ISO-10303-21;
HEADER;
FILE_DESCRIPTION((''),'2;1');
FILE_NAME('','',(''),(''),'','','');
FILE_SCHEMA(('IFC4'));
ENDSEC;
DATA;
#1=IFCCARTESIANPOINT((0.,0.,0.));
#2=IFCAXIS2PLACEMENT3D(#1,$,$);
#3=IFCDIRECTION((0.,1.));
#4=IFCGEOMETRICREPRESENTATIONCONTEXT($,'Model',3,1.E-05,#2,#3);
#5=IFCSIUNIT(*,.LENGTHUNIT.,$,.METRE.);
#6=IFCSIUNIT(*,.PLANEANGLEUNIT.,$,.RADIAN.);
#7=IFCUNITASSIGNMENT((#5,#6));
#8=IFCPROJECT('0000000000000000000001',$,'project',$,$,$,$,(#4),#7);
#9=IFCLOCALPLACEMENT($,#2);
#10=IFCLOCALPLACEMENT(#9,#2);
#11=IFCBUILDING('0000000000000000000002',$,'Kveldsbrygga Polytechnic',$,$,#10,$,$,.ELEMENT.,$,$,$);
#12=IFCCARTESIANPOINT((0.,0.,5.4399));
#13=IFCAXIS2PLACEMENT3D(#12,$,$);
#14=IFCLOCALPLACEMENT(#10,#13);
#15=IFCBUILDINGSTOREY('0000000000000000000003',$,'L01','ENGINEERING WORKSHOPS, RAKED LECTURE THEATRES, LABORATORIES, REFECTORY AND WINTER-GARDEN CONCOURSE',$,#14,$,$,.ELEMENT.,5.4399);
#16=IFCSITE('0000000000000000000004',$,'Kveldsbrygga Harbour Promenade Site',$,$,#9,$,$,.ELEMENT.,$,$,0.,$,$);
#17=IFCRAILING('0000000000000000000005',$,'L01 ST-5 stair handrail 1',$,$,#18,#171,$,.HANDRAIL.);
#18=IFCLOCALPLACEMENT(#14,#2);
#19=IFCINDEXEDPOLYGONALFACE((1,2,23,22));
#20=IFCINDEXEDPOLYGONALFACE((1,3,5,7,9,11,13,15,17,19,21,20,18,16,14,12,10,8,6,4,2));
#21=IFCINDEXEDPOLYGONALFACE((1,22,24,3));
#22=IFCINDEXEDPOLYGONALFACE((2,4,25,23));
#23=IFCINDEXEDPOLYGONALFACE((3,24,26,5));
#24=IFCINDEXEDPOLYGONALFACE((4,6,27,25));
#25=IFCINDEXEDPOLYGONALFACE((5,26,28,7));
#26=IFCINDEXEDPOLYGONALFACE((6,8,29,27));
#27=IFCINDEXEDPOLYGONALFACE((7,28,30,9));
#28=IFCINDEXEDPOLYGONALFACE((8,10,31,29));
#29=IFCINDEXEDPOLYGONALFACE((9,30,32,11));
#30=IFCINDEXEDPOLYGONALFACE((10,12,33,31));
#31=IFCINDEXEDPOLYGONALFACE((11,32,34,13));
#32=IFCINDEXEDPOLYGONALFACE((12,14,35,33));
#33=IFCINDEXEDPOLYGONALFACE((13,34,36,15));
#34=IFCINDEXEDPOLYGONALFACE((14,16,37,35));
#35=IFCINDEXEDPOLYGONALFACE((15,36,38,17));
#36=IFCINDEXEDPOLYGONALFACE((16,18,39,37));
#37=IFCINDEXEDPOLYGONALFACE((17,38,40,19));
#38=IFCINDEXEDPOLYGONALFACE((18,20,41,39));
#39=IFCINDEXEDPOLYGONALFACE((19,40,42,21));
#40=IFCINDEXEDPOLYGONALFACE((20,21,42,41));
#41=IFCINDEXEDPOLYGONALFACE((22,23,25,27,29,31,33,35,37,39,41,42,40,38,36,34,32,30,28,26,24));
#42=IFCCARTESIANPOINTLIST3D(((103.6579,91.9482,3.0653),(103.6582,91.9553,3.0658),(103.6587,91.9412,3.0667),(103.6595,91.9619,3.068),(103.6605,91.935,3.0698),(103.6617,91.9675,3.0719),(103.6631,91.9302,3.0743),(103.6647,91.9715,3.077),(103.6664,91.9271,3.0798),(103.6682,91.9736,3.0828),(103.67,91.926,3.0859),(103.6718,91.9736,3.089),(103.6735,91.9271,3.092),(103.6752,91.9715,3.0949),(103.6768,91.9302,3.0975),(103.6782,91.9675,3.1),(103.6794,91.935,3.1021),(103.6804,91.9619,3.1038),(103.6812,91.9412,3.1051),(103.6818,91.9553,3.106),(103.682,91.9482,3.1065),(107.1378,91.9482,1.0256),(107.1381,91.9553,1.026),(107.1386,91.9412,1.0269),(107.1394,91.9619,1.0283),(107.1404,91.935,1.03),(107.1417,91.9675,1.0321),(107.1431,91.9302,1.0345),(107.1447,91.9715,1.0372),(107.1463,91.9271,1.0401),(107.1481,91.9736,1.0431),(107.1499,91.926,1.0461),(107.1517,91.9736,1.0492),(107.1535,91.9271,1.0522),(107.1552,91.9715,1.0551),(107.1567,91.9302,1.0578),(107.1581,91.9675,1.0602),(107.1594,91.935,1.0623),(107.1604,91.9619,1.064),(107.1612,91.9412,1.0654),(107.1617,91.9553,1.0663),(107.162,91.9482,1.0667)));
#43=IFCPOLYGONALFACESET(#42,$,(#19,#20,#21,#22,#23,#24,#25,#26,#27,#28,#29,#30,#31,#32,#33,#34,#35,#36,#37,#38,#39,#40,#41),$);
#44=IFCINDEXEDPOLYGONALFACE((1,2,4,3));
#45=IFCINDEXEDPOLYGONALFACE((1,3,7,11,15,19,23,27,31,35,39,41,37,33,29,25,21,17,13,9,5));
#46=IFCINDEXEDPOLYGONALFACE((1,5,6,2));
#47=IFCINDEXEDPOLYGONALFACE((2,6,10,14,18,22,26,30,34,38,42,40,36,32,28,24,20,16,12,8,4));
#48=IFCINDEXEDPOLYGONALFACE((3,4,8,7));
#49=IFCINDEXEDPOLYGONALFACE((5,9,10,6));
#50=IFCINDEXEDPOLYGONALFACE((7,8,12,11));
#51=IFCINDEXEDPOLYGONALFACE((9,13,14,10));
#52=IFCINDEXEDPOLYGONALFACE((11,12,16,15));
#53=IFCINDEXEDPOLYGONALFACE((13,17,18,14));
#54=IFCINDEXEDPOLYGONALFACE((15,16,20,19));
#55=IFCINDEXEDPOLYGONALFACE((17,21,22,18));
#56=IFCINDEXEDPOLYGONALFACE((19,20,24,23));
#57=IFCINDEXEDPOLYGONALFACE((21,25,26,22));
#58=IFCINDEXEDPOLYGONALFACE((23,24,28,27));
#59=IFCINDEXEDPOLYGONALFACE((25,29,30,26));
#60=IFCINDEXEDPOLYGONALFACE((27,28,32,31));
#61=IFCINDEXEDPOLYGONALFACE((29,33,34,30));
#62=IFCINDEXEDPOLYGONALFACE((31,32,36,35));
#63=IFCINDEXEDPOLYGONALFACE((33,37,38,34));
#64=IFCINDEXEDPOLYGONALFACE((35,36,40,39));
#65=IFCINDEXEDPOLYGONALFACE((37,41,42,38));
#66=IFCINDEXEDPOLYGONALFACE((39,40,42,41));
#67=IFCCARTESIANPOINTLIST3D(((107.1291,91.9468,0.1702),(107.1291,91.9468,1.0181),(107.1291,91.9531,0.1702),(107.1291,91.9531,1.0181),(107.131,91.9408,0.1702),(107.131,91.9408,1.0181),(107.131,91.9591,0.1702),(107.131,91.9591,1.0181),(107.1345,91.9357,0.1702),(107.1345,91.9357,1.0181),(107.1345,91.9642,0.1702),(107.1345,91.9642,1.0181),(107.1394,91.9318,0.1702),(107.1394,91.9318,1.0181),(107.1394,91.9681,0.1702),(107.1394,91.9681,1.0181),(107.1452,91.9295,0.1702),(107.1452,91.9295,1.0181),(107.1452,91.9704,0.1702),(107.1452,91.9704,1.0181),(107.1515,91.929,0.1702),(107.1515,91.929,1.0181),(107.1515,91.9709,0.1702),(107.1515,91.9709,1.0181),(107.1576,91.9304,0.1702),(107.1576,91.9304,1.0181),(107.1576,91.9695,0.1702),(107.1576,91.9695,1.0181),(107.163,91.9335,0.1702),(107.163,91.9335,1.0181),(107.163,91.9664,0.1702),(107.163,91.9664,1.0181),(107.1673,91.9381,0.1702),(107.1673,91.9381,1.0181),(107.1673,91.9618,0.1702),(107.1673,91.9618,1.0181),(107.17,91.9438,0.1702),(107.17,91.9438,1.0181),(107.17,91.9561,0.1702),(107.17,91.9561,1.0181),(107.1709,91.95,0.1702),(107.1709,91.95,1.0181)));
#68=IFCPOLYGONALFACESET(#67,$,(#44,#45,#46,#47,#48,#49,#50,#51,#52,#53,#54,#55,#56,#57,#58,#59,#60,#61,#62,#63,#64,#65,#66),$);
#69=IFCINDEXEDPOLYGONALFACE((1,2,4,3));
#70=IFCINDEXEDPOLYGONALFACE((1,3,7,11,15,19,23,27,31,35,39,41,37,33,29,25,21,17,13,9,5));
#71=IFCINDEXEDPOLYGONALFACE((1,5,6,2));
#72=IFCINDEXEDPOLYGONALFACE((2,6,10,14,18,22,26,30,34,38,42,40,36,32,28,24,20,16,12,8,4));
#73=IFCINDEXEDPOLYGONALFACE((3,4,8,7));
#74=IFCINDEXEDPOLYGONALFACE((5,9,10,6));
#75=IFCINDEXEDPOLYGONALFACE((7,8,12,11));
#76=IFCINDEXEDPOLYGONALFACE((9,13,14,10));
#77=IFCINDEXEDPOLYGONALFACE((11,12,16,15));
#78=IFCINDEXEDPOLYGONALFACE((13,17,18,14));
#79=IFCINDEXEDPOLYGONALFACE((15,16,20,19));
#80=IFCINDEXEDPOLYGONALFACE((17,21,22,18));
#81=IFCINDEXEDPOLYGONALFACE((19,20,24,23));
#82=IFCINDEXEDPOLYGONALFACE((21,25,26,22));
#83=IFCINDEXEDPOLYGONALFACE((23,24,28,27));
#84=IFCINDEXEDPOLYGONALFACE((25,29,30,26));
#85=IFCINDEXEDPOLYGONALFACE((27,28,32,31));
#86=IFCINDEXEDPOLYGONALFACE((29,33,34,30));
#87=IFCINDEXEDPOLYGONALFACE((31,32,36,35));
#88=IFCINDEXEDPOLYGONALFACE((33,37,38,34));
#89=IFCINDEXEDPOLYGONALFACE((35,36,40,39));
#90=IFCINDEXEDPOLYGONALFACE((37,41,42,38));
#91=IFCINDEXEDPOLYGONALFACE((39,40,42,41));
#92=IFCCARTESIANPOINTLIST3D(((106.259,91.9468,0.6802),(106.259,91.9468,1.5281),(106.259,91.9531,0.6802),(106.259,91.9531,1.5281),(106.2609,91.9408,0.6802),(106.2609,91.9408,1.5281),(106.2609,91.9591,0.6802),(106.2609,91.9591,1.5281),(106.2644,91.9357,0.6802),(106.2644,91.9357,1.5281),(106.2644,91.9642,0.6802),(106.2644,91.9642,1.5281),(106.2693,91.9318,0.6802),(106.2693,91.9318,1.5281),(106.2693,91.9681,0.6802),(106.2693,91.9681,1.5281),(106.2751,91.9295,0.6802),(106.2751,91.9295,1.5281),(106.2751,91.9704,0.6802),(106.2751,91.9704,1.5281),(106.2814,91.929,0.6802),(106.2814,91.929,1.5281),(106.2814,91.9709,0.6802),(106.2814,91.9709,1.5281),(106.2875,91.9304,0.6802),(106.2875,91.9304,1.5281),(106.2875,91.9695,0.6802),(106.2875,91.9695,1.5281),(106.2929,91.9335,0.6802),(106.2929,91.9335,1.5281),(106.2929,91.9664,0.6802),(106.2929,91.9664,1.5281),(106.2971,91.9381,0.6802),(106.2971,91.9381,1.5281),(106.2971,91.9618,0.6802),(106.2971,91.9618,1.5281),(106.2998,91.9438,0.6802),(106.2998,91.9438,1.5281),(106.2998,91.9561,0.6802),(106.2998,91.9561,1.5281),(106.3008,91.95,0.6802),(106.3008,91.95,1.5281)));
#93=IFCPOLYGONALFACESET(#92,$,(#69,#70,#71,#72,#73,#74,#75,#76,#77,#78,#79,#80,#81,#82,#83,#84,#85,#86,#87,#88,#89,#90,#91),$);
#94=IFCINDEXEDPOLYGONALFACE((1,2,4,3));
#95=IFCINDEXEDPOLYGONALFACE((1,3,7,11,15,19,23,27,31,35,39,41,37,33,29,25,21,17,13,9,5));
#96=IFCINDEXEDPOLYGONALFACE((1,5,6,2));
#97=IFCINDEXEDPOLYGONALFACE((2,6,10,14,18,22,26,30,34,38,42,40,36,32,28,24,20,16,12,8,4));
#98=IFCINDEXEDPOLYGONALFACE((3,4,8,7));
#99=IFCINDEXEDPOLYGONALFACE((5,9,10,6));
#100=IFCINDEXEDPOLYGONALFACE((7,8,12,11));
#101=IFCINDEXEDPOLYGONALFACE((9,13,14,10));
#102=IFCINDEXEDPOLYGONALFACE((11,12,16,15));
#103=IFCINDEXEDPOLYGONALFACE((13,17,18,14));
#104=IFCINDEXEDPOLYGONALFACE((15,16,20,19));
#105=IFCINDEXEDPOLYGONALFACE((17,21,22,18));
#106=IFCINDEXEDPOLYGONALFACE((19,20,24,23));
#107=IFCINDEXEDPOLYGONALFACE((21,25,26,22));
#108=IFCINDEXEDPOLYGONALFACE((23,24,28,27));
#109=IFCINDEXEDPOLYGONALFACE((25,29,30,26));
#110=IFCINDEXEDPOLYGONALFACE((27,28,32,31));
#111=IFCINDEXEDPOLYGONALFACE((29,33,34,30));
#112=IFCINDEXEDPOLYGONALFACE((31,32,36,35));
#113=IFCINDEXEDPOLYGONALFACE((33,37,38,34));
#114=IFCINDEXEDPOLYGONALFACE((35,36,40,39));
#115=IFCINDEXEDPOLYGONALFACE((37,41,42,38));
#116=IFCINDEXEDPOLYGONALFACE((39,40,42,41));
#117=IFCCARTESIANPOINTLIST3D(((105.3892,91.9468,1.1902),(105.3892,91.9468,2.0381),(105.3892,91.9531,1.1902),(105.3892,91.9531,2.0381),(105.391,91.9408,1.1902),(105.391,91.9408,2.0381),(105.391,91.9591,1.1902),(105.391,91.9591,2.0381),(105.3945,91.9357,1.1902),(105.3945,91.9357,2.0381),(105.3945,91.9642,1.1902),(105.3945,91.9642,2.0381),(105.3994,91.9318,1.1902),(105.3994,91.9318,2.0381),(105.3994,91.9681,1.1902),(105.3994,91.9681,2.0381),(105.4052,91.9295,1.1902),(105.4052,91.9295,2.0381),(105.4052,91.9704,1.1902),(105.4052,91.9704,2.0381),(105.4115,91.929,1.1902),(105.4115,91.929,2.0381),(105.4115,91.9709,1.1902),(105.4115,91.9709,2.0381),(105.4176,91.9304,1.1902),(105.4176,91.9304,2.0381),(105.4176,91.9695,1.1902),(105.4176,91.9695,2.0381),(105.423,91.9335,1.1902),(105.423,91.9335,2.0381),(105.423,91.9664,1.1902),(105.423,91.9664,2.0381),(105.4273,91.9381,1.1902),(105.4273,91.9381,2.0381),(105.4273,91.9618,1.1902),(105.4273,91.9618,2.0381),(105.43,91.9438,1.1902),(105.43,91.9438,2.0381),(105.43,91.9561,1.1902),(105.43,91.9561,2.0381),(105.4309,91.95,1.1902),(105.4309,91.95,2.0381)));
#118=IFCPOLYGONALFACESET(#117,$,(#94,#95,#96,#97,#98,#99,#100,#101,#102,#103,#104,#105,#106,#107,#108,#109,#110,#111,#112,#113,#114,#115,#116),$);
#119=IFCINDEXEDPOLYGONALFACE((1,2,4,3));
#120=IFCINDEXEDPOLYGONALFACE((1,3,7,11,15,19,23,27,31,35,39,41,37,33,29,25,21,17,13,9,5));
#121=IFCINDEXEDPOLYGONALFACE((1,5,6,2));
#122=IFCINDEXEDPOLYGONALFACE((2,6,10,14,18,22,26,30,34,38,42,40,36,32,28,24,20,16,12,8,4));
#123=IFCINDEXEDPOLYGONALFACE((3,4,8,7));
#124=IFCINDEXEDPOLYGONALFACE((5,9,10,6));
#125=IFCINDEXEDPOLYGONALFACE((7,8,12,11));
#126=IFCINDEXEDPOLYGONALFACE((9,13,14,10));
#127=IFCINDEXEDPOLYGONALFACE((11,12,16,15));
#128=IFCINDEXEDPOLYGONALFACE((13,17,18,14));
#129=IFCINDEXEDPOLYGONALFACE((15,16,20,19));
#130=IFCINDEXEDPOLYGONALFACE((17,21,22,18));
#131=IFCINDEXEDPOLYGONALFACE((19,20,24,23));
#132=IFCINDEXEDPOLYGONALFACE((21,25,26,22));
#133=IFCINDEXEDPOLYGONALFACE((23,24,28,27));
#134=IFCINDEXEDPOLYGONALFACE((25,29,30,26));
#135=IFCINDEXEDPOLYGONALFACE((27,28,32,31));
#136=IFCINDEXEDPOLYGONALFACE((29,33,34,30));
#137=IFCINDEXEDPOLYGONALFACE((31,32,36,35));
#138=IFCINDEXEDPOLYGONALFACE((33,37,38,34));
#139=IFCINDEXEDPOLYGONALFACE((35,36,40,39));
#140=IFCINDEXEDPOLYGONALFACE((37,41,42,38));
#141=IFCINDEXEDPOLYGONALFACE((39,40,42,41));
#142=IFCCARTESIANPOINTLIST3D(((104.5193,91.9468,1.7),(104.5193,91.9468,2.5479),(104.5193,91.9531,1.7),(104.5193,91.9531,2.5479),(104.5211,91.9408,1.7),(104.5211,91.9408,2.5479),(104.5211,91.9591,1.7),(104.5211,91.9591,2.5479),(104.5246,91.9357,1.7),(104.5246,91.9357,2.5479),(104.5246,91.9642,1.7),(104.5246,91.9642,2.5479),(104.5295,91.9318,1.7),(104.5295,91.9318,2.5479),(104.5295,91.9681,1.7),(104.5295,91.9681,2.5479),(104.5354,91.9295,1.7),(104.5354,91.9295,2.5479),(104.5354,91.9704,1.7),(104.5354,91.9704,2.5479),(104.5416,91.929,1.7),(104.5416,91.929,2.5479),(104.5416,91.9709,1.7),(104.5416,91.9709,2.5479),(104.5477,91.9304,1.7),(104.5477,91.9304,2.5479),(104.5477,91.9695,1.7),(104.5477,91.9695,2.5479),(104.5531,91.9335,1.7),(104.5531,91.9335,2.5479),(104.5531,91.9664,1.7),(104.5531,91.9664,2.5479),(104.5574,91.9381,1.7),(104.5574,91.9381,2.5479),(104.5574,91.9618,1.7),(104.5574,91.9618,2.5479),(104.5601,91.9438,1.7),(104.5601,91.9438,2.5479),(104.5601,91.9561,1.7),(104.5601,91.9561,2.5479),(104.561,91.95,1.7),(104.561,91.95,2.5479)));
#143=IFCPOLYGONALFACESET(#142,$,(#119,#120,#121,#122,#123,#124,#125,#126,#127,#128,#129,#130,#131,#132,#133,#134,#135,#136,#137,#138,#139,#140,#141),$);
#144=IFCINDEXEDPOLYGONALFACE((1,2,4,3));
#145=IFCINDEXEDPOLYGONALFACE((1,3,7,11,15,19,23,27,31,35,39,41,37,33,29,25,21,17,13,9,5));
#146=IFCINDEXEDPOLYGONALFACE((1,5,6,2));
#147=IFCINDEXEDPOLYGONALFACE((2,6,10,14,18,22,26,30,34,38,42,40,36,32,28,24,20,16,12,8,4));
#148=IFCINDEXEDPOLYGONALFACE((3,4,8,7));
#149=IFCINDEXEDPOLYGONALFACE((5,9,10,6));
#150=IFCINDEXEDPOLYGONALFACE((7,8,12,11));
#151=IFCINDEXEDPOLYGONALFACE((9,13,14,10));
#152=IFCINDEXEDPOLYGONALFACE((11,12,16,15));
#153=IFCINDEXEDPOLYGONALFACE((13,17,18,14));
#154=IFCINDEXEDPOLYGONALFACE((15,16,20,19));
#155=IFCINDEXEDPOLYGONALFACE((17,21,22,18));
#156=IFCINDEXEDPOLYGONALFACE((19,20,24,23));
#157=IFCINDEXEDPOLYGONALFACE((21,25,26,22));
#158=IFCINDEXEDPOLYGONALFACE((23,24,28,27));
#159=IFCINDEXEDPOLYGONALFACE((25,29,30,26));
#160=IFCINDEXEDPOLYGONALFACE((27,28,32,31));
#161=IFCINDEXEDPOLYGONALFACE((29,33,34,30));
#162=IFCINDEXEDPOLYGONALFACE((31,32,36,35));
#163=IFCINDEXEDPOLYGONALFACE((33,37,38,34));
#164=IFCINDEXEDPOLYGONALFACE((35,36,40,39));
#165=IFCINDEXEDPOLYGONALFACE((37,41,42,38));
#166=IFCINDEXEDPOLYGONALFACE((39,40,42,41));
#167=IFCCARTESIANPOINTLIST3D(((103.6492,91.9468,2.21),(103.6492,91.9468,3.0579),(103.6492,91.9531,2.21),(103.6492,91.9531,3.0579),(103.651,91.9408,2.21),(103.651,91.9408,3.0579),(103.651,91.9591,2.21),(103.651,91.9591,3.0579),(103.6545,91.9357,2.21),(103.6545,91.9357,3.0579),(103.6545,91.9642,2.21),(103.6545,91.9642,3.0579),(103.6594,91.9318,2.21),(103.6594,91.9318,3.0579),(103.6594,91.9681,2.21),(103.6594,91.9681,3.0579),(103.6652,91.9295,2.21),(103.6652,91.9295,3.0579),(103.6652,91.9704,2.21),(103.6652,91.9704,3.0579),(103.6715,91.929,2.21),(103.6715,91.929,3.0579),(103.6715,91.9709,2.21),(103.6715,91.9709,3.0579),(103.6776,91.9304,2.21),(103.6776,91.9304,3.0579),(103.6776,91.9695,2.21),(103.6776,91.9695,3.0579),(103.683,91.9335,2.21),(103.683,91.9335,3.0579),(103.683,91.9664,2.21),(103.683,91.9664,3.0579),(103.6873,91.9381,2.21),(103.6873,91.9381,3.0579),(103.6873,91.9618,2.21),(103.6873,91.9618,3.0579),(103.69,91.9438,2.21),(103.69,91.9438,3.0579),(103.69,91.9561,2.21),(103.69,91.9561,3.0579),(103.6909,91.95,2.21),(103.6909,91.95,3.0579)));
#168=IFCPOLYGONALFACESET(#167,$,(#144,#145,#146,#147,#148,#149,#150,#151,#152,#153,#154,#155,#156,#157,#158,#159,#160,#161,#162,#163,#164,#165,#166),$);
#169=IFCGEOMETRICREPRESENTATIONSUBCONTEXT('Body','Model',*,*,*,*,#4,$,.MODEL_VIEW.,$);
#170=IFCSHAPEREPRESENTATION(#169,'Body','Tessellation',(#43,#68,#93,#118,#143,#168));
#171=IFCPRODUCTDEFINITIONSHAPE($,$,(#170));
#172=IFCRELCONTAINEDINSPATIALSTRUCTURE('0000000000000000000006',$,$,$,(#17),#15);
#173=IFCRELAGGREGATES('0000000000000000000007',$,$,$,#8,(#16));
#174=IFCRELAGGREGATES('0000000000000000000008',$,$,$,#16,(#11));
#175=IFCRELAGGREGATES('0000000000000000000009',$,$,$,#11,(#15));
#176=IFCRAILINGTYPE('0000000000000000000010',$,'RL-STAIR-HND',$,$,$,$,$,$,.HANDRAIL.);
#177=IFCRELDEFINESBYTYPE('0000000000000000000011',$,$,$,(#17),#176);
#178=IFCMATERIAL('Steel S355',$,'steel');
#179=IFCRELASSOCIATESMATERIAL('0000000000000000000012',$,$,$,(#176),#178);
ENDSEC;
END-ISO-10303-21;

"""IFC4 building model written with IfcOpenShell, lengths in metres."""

from ifc_helpers import new_model, si_unit, direction, frame, origin, origin_2d, place, context, subcontext, project, spatial, circle, extrude, material, type_object, element, save


model = new_model("IFC4")

# Units and contexts
model_context = context("Model", 3, precision=1e-05, world=origin(), true_north=direction((0.0, 1.0)))
body_context = subcontext(model_context, "Body", "Model", "MODEL_VIEW")
ifc_project = project(units=[si_unit("LENGTHUNIT", "METRE"), si_unit("PLANEANGLEUNIT", "RADIAN")], contexts=[model_context])

# Site, building, storey
site_placement = place(None, origin())
site = spatial("IfcSite", under=ifc_project, at=site_placement, Name="Kveldsbrygga Harbour Promenade Site", CompositionType="ELEMENT", RefElevation=0.0)
building_placement = place(site_placement, origin())
building = spatial("IfcBuilding", under=site, at=building_placement, Name="Kveldsbrygga Polytechnic", CompositionType="ELEMENT")
storey_placement = place(building_placement, frame((0.0, 0.0, 5.4399)))
storey = spatial("IfcBuildingStorey", under=building, at=storey_placement, Name="L01", Description="ENGINEERING WORKSHOPS, RAKED LECTURE THEATRES, LABORATORIES, REFECTORY AND WINTER-GARDEN CONCOURSE", CompositionType="ELEMENT", Elevation=5.4399)

# Shared definitions
ifc_material_1 = material(Name="Steel S355", Category="steel")

# Railing
railing_type_1 = type_object("IfcRailingType", Name="RL-STAIR-HND", PredefinedType="HANDRAIL", material=ifc_material_1)
railing_1_placement = place(storey_placement, frame((107.1499, 91.95, 0.1702)))
element("IfcRailing", 1, at=railing_1_placement, inside=storey, type_object=railing_type_1, Name="L01 ST-5 stair handrail 1", PredefinedType="HANDRAIL", context=body_context, shape_type="SweptSolid", body=[
    extrude(circle(Radius=0.0239, at=origin_2d()), frame((0.0, 0.0, 0.876), z_axis=(-0.862719, 0.0, 0.505684), x_axis=(0.0, -1.0, 0.0)), (0.0, 0.0, 1.0), 4.0337),
    extrude(circle(Radius=0.021, at=origin_2d()), origin(), (0.0, 0.0, 1.0), 0.8479),
    extrude(circle(Radius=0.021, at=origin_2d()), frame((-0.8701, 0.0, 0.51)), (0.0, 0.0, 1.0), 0.8479),
    extrude(circle(Radius=0.021, at=origin_2d()), frame((-1.74, 0.0, 1.02)), (0.0, 0.0, 1.0), 0.8479),
    extrude(circle(Radius=0.021, at=origin_2d()), frame((-2.6099, 0.0, 1.5298)), (0.0, 0.0, 1.0), 0.8479),
    extrude(circle(Radius=0.021, at=origin_2d()), frame((-3.48, 0.0, 2.0398)), (0.0, 0.0, 1.0), 0.8479),
])

save(model, "model.ifc")
